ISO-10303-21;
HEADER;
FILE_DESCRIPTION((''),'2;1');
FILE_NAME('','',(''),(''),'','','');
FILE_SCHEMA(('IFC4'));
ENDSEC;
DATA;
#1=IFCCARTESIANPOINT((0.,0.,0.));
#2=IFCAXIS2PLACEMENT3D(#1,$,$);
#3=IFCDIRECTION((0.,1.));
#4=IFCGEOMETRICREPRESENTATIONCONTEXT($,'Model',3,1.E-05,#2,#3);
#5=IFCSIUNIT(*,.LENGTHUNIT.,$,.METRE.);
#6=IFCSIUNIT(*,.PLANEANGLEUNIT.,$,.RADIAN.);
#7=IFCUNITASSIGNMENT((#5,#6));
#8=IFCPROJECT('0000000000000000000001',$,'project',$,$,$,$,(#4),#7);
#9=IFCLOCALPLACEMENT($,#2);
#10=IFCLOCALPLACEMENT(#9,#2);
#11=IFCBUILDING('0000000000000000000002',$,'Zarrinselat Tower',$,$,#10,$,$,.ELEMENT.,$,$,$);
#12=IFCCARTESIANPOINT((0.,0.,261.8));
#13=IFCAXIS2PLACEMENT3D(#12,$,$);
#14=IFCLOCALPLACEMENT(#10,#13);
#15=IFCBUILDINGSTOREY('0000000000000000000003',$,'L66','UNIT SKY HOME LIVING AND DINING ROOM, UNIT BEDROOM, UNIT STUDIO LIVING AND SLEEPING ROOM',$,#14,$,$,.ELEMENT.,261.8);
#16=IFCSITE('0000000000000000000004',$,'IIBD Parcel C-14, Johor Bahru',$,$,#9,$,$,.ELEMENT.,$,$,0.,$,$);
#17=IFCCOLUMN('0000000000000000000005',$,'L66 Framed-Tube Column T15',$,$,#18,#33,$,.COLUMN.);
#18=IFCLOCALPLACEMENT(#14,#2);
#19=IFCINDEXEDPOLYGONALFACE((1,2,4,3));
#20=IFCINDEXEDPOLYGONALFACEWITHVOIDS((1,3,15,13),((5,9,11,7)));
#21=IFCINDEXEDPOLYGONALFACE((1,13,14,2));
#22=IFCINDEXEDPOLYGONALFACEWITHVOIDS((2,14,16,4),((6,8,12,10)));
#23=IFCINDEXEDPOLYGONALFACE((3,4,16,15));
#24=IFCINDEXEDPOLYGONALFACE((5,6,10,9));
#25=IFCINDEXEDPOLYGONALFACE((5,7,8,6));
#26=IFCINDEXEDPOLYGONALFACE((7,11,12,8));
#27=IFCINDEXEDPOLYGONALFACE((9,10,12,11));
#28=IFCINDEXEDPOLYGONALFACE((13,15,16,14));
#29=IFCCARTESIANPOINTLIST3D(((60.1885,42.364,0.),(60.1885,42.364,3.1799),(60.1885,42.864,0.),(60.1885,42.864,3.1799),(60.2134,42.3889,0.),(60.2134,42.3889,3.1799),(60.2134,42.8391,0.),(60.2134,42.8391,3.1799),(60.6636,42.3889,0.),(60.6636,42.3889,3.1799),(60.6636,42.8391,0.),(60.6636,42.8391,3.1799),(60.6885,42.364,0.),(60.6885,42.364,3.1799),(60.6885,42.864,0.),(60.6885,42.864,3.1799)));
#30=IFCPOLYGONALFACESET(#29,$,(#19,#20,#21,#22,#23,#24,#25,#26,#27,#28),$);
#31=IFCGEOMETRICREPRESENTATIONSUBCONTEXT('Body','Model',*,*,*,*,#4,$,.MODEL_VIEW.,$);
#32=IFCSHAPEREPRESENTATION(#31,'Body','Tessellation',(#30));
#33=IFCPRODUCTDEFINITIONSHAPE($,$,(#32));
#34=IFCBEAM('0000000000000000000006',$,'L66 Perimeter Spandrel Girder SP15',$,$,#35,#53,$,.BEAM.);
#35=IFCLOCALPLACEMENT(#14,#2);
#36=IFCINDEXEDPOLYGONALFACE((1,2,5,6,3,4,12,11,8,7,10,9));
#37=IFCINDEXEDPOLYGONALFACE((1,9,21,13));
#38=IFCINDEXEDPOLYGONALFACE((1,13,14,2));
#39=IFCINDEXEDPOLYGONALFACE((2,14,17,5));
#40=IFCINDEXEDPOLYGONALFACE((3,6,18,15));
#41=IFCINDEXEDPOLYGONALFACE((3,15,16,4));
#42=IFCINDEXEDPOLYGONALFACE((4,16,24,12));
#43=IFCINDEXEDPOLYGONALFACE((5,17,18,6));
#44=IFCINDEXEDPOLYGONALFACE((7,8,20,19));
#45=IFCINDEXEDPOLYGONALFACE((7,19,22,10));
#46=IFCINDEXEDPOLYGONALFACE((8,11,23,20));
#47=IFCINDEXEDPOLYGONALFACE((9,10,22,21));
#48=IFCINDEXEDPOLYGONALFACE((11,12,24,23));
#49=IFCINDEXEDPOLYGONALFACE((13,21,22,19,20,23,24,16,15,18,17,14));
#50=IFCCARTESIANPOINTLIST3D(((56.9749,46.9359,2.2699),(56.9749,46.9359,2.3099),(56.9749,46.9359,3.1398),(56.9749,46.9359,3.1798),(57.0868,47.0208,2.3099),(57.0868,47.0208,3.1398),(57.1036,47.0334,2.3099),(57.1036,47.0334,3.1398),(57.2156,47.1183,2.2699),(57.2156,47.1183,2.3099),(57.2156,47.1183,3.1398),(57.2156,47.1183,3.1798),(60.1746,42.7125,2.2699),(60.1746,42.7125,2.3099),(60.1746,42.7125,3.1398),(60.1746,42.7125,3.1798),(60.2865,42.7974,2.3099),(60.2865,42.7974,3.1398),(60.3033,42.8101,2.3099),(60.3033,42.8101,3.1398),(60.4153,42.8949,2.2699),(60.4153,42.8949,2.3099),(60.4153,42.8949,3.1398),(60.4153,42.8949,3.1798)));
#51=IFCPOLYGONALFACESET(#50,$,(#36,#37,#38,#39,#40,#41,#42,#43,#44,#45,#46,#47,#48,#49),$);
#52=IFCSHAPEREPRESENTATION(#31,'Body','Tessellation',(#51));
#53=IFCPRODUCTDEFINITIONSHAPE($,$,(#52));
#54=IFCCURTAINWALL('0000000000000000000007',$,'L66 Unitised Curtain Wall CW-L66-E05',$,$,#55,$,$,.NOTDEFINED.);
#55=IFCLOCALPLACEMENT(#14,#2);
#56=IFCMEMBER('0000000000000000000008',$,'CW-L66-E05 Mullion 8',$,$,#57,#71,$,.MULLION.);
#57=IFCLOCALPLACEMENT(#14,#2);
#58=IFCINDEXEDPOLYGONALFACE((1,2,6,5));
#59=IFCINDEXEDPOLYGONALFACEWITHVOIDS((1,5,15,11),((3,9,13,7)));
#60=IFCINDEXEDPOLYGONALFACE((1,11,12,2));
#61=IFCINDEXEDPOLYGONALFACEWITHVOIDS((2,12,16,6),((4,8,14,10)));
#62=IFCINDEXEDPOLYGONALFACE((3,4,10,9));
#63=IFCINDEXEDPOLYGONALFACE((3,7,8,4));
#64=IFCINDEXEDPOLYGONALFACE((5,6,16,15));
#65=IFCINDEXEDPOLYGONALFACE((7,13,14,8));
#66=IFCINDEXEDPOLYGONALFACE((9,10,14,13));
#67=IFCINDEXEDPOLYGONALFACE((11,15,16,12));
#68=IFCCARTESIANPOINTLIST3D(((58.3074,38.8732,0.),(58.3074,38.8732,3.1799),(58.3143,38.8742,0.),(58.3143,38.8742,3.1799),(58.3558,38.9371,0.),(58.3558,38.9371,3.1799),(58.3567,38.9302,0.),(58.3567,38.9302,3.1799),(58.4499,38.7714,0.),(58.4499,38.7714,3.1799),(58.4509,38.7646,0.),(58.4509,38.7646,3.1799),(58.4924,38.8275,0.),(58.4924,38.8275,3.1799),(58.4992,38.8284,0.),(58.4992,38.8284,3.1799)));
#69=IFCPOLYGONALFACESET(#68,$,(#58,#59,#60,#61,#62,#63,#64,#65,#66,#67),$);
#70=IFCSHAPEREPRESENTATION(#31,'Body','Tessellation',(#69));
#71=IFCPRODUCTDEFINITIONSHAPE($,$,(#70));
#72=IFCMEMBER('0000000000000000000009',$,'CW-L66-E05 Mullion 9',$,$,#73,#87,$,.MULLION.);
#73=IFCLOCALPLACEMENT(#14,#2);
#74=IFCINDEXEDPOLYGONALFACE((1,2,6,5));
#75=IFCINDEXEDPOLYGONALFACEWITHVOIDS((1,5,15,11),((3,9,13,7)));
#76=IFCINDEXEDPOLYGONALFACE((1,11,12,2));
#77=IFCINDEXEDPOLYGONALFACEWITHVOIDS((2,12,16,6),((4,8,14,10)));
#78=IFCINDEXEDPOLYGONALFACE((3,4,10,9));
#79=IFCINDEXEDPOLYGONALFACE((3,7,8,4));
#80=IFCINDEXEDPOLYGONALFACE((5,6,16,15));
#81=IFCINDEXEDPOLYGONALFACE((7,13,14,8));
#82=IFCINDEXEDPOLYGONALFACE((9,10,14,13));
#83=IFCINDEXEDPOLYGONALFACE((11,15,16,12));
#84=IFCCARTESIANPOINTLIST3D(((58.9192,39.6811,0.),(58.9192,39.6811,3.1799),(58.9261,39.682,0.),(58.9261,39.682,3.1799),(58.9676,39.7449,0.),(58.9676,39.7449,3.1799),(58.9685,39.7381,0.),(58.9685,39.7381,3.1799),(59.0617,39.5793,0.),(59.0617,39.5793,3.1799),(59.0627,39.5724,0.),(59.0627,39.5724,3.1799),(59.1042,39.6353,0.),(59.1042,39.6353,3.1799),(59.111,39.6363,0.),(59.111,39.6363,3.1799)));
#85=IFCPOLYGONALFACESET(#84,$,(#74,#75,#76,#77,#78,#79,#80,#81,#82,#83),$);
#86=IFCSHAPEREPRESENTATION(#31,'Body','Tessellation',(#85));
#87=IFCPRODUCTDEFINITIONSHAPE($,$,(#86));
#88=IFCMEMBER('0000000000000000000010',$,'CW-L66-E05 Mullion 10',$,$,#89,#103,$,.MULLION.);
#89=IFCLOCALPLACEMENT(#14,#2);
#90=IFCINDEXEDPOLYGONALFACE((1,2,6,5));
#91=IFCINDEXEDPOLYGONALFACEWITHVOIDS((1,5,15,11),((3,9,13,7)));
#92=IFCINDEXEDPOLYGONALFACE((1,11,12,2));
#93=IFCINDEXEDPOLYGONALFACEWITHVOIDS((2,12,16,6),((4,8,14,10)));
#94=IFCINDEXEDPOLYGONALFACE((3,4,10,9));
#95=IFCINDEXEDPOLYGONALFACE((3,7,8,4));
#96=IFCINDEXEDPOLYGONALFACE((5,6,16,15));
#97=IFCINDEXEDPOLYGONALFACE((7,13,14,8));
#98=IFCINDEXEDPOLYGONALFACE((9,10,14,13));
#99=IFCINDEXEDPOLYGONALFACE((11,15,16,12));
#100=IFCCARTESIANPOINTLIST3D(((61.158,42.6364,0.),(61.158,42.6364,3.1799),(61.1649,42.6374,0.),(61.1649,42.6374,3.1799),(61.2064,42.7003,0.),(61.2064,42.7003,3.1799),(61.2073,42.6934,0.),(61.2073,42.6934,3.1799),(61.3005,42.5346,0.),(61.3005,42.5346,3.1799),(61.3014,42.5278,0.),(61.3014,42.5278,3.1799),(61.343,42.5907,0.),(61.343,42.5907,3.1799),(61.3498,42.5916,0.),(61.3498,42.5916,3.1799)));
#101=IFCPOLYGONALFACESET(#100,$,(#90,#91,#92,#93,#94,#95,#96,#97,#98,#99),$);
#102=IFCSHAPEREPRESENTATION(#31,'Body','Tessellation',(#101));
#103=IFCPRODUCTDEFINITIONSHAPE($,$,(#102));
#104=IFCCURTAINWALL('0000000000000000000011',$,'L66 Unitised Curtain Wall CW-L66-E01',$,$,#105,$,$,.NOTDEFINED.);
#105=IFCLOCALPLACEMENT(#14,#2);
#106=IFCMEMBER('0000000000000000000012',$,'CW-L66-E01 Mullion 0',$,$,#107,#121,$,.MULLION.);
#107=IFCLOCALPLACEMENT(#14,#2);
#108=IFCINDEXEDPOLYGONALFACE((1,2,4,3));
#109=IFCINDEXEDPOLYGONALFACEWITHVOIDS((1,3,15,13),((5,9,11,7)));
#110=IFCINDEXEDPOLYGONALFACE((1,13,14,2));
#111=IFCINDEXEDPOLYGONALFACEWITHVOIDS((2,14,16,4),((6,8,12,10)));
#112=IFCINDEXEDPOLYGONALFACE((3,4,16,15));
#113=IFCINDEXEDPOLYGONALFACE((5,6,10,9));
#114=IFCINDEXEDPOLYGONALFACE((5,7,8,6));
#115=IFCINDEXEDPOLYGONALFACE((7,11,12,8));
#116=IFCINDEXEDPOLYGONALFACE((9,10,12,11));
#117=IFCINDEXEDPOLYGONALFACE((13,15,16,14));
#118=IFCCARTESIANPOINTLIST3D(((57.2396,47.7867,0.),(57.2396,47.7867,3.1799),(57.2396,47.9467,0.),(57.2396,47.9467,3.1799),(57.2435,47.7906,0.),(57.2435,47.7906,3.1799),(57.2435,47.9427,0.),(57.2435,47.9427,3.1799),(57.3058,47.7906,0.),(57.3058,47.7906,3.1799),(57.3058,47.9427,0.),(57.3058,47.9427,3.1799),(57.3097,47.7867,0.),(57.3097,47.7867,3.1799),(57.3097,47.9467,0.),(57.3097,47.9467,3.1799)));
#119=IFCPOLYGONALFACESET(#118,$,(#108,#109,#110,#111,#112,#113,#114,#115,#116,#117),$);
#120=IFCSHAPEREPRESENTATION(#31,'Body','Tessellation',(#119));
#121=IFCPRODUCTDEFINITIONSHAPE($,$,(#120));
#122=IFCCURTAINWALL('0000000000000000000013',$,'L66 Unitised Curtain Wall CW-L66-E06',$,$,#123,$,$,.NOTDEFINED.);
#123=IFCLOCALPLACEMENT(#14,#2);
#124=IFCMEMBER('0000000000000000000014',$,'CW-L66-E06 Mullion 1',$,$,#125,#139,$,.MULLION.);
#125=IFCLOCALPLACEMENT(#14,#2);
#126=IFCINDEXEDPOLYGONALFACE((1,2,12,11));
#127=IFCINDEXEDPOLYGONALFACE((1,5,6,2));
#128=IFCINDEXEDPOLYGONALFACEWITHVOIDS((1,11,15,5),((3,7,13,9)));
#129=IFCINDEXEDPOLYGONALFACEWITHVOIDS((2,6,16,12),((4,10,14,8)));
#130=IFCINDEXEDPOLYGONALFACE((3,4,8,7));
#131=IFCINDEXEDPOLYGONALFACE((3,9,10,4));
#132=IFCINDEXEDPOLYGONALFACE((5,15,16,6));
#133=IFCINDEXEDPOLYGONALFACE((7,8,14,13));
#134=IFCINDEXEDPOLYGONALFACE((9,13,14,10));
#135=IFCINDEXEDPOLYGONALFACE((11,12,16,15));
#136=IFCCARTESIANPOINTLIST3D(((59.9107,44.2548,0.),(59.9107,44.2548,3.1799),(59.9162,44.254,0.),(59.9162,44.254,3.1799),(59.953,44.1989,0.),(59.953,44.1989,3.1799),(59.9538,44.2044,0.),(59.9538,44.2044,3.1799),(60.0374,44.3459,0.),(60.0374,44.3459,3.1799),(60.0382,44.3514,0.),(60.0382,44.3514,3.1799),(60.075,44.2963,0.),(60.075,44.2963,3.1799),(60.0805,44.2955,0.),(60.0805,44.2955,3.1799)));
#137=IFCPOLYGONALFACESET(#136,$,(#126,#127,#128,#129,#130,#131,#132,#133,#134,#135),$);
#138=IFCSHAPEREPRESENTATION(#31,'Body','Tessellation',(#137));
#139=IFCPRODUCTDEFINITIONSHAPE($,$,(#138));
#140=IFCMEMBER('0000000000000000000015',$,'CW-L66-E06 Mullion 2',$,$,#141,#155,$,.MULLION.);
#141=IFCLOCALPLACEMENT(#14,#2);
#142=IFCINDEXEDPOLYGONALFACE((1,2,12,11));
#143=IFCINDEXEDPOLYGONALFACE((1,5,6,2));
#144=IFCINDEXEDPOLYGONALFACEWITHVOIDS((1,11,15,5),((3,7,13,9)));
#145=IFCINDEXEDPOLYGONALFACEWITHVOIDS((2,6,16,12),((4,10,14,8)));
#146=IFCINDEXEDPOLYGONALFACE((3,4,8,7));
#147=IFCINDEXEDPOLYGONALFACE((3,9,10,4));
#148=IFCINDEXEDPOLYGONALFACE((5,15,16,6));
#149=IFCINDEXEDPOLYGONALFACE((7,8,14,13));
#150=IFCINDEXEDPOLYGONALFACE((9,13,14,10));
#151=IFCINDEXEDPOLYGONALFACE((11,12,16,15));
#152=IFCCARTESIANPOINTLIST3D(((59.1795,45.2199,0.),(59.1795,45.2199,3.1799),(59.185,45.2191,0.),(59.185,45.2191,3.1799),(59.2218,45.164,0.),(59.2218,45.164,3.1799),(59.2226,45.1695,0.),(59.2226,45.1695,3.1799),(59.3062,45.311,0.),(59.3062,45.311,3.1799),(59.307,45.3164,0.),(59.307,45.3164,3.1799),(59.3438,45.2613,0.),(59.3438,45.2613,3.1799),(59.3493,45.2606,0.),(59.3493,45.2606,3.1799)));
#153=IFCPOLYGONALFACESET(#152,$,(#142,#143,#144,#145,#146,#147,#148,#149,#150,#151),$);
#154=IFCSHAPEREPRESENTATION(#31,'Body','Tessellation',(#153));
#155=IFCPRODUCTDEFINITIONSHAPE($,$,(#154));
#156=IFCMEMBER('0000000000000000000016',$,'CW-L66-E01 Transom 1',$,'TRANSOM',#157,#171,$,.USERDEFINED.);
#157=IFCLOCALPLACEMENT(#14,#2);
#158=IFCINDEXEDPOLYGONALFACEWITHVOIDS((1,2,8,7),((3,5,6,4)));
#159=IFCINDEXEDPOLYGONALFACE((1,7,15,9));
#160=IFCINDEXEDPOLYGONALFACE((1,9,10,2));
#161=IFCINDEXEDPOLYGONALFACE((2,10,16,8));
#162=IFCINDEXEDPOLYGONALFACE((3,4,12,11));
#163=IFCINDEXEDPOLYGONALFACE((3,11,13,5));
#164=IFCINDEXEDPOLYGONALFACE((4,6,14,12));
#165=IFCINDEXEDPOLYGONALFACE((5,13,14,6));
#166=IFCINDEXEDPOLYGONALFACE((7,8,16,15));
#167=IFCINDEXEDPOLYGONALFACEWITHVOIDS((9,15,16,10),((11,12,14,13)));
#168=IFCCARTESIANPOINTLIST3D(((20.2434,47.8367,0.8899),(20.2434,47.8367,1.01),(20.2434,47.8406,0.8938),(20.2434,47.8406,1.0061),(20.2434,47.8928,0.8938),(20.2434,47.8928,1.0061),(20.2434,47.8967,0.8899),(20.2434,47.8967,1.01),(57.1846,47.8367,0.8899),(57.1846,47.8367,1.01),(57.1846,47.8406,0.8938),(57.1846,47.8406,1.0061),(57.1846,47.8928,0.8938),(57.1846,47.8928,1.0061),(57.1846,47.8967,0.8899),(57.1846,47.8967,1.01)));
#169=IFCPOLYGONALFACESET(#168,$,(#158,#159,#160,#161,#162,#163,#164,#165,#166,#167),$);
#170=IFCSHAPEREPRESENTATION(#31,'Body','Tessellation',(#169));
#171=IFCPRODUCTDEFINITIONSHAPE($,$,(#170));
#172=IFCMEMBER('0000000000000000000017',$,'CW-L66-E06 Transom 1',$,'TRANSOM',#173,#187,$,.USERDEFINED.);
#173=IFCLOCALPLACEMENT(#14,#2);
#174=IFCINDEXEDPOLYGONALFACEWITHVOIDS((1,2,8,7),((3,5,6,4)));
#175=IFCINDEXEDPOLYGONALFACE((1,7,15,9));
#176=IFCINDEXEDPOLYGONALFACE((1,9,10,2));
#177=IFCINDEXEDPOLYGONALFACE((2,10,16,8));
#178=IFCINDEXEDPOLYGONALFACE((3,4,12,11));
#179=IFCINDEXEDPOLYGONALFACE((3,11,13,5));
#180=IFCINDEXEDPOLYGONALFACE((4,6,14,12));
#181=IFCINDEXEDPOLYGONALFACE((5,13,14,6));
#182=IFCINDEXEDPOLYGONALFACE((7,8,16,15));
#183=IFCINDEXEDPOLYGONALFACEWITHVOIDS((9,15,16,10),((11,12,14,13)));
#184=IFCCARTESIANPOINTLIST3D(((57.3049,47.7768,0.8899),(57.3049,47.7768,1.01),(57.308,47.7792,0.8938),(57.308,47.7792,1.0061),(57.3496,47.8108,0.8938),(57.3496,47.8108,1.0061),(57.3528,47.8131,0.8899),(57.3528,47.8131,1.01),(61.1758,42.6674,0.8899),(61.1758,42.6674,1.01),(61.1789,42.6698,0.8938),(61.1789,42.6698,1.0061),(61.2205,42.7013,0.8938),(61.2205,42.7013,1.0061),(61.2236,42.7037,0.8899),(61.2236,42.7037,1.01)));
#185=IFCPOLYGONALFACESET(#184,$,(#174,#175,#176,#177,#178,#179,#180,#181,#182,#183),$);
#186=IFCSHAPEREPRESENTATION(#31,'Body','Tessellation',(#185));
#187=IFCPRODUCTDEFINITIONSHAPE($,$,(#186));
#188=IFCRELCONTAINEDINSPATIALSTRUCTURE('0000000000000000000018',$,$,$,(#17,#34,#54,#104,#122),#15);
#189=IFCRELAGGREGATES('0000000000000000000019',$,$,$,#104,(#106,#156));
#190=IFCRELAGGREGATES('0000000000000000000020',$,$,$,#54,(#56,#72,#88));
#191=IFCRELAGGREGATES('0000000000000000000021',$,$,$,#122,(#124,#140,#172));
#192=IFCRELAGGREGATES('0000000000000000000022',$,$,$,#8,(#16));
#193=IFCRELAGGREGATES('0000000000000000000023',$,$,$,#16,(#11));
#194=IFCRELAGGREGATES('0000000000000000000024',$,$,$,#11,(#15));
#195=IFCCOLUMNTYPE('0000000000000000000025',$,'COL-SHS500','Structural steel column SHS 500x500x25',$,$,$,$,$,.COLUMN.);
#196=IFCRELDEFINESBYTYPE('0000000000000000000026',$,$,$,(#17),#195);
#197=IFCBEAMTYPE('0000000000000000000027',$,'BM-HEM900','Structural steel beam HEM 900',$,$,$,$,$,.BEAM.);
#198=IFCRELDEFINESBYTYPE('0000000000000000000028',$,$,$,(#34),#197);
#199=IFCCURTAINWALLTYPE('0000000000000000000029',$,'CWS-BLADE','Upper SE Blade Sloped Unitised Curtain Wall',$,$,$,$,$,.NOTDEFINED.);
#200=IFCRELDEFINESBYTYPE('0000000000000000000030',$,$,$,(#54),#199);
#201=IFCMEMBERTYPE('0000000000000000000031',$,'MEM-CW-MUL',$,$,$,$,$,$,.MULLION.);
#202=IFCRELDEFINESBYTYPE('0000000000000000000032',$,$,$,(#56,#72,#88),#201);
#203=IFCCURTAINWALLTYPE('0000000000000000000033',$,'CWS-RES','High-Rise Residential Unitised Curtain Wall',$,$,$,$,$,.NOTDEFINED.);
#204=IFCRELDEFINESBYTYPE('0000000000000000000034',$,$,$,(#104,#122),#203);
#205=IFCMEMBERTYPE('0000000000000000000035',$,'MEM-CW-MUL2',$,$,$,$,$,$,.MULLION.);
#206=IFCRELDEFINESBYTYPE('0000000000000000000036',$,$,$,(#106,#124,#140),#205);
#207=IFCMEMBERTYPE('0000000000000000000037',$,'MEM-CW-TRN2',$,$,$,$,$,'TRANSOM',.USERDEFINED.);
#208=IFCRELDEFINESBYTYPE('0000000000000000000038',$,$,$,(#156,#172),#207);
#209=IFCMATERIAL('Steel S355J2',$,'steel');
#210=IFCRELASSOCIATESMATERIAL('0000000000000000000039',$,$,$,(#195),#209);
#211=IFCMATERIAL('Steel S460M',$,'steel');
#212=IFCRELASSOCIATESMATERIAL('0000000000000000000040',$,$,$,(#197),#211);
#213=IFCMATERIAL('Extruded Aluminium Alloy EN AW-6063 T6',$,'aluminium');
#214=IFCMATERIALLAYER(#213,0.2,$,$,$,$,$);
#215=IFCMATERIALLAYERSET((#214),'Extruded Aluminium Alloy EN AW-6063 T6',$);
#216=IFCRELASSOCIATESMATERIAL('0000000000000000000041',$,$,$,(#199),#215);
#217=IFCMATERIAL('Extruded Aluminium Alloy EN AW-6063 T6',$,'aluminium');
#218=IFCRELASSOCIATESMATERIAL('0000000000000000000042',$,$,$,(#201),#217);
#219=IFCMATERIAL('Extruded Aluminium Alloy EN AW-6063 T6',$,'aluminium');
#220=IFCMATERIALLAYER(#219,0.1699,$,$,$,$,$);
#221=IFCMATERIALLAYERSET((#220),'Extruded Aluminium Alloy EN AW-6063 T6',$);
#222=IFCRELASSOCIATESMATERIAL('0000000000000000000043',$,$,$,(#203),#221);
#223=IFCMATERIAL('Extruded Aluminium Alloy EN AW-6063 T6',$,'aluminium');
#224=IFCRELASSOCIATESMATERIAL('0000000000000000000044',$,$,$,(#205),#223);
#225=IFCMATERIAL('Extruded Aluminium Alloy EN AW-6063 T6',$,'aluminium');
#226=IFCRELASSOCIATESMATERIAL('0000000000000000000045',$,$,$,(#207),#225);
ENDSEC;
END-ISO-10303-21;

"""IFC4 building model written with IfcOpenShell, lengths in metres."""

from ifc_helpers import new_model, si_unit, direction, frame, origin, origin_2d, place, context, subcontext, project, spatial, hollow_rectangle, i_section, extrude, material, layer, layer_set, material_profile, profile_set, type_object, element, aggregate, save


model = new_model("IFC4")

# Units and contexts
model_context = context("Model", 3, precision=1e-05, world=origin(), true_north=direction((0.0, 1.0)))
body_context = subcontext(model_context, "Body", "Model", "MODEL_VIEW")
ifc_project = project(units=[si_unit("LENGTHUNIT", "METRE"), si_unit("PLANEANGLEUNIT", "RADIAN")], contexts=[model_context])

# Site, building, storey
site_placement = place(None, origin())
site = spatial("IfcSite", under=ifc_project, at=site_placement, Name="IIBD Parcel C-14, Johor Bahru", CompositionType="ELEMENT", RefElevation=0.0)
building_placement = place(site_placement, origin())
building = spatial("IfcBuilding", under=site, at=building_placement, Name="Zarrinselat Tower", CompositionType="ELEMENT")
storey_placement = place(building_placement, frame((0.0, 0.0, 261.8)))
storey = spatial("IfcBuildingStorey", under=building, at=storey_placement, Name="L66", Description="UNIT SKY HOME LIVING AND DINING ROOM, UNIT BEDROOM, UNIT STUDIO LIVING AND SLEEPING ROOM", CompositionType="ELEMENT", Elevation=261.8)

# Column
ifc_material_1 = material(Name="Steel S355J2", Category="steel")
ifc_material_profile_1 = material_profile(ifc_material_1, hollow_rectangle(XDim=0.5, YDim=0.5, WallThickness=0.0249, at=origin_2d()), Name="SHS 500x500x25")
ifc_profile_set_1 = profile_set([ifc_material_profile_1], Name="Steel S355J2")
column_type = type_object("IfcColumnType", Name="COL-SHS500", Description="Structural steel column SHS 500x500x25", PredefinedType="COLUMN", material=ifc_profile_set_1)
column_placement = place(storey_placement, frame((60.4385, 42.614, 0.0), z_axis=(0.0, 0.0, 1.0), x_axis=(1.0, 0.0, 0.0)))
element("IfcColumn", 1, at=column_placement, inside=storey, type_object=column_type, Name="L66 Framed-Tube Column T15", PredefinedType="COLUMN", context=body_context, shape_type="SweptSolid", body=[
    extrude(hollow_rectangle(XDim=0.5, YDim=0.5, WallThickness=0.0249, at=origin_2d()), origin(), (0.0, 0.0, 1.0), 3.1799),
])

# Beam
ifc_material_2 = material(Name="Steel S460M", Category="steel")
ifc_material_profile_2 = material_profile(ifc_material_2, i_section(OverallWidth=0.302, OverallDepth=0.9099, WebThickness=0.021, FlangeThickness=0.04, at=origin_2d()), Name="HEM 900")
ifc_profile_set_2 = profile_set([ifc_material_profile_2], Name="Steel S460M")
beam_type = type_object("IfcBeamType", Name="BM-HEM900", Description="Structural steel beam HEM 900", PredefinedType="BEAM", material=ifc_profile_set_2)
beam_placement = place(storey_placement, frame((57.0952, 47.0271, 2.7249), z_axis=(0.603878, -0.797077, 0.0), x_axis=(0.797077, 0.603878, 0.0)))
element("IfcBeam", 2, at=beam_placement, inside=storey, type_object=beam_type, Name="L66 Perimeter Spandrel Girder SP15", PredefinedType="BEAM", context=body_context, shape_type="SweptSolid", body=[
    extrude(i_section(OverallWidth=0.302, OverallDepth=0.9099, WebThickness=0.021, FlangeThickness=0.04, at=origin_2d()), origin(), (0.0, 0.0, 1.0), 5.2986),
])

# Curtain wall, members
ifc_material_3 = material(Name="Extruded Aluminium Alloy EN AW-6063 T6", Category="aluminium")
ifc_layer_1 = layer(ifc_material_3, 0.2)
ifc_layer_set_1 = layer_set([ifc_layer_1], Name="Extruded Aluminium Alloy EN AW-6063 T6")
curtain_wall_type_1 = type_object("IfcCurtainWallType", Name="CWS-BLADE", Description="Upper SE Blade Sloped Unitised Curtain Wall", PredefinedType="NOTDEFINED", material=ifc_layer_set_1)
curtain_wall_1_placement = place(storey_placement, origin())
curtain_wall_1 = element("IfcCurtainWall", 3, at=curtain_wall_1_placement, inside=storey, type_object=curtain_wall_type_1, Name="L66 Unitised Curtain Wall CW-L66-E05", PredefinedType="NOTDEFINED")
ifc_material_4 = material(Name="Extruded Aluminium Alloy EN AW-6063 T6", Category="aluminium")
ifc_material_profile_3 = material_profile(ifc_material_4, hollow_rectangle(XDim=0.0801, YDim=0.1799, WallThickness=0.0049, at=origin_2d()), Name="RHS 180x80x5")
ifc_profile_set_3 = profile_set([ifc_material_profile_3], Name="Extruded Aluminium Alloy EN AW-6063 T6")
member_type_1 = type_object("IfcMemberType", Name="MEM-CW-MUL", PredefinedType="MULLION", material=ifc_profile_set_3)
member_1_placement = place(storey_placement, frame((58.4033, 38.8508, 0.0), z_axis=(0.0, 0.0, 1.0), x_axis=(0.60386, 0.797091, 0.0)))
member_1 = element("IfcMember", 4, at=member_1_placement, type_object=member_type_1, Name="CW-L66-E05 Mullion 8", PredefinedType="MULLION", context=body_context, shape_type="SweptSolid", body=[
    extrude(hollow_rectangle(XDim=0.0801, YDim=0.1799, WallThickness=0.0049, at=origin_2d()), origin(), (0.0, 0.0, 1.0), 3.1799),
])
member_2_placement = place(storey_placement, frame((59.0151, 39.6587, 0.0), z_axis=(0.0, 0.0, 1.0), x_axis=(0.60386, 0.797091, 0.0)))
member_2 = element("IfcMember", 5, at=member_2_placement, type_object=member_type_1, Name="CW-L66-E05 Mullion 9", PredefinedType="MULLION", context=body_context, shape_type="SweptSolid", body=[
    extrude(hollow_rectangle(XDim=0.0801, YDim=0.1799, WallThickness=0.0049, at=origin_2d()), origin(), (0.0, 0.0, 1.0), 3.1799),
])
member_3_placement = place(storey_placement, frame((61.2539, 42.614, 0.0), z_axis=(0.0, 0.0, 1.0), x_axis=(0.60386, 0.797091, 0.0)))
member_3 = element("IfcMember", 6, at=member_3_placement, type_object=member_type_1, Name="CW-L66-E05 Mullion 10", PredefinedType="MULLION", context=body_context, shape_type="SweptSolid", body=[
    extrude(hollow_rectangle(XDim=0.0801, YDim=0.1799, WallThickness=0.0049, at=origin_2d()), origin(), (0.0, 0.0, 1.0), 3.1799),
])

# Curtain wall, member
ifc_material_5 = material(Name="Extruded Aluminium Alloy EN AW-6063 T6", Category="aluminium")
ifc_layer_2 = layer(ifc_material_5, 0.1699)
ifc_layer_set_2 = layer_set([ifc_layer_2], Name="Extruded Aluminium Alloy EN AW-6063 T6")
curtain_wall_type_2 = type_object("IfcCurtainWallType", Name="CWS-RES", Description="High-Rise Residential Unitised Curtain Wall", PredefinedType="NOTDEFINED", material=ifc_layer_set_2)
curtain_wall_2_placement = place(storey_placement, origin())
curtain_wall_2 = element("IfcCurtainWall", 7, at=curtain_wall_2_placement, inside=storey, type_object=curtain_wall_type_2, Name="L66 Unitised Curtain Wall CW-L66-E01", PredefinedType="NOTDEFINED")
ifc_material_6 = material(Name="Extruded Aluminium Alloy EN AW-6063 T6", Category="aluminium")
ifc_material_profile_4 = material_profile(ifc_material_6, hollow_rectangle(XDim=0.0701, YDim=0.1599, WallThickness=0.0039, at=origin_2d()), Name="RHS 160x70x4")
ifc_profile_set_4 = profile_set([ifc_material_profile_4], Name="Extruded Aluminium Alloy EN AW-6063 T6")
member_type_2 = type_object("IfcMemberType", Name="MEM-CW-MUL2", PredefinedType="MULLION", material=ifc_profile_set_4)
member_4_placement = place(storey_placement, frame((57.2747, 47.8667, 0.0), z_axis=(0.0, 0.0, 1.0), x_axis=(-1.0, 0.0, 0.0)))
member_4 = element("IfcMember", 8, at=member_4_placement, type_object=member_type_2, Name="CW-L66-E01 Mullion 0", PredefinedType="MULLION", context=body_context, shape_type="SweptSolid", body=[
    extrude(hollow_rectangle(XDim=0.0701, YDim=0.1599, WallThickness=0.0039, at=origin_2d()), origin(), (0.0, 0.0, 1.0), 3.1799),
])

# Curtain wall, members
curtain_wall_3_placement = place(storey_placement, origin())
curtain_wall_3 = element("IfcCurtainWall", 9, at=curtain_wall_3_placement, inside=storey, type_object=curtain_wall_type_2, Name="L66 Unitised Curtain Wall CW-L66-E06", PredefinedType="NOTDEFINED")
member_5_placement = place(storey_placement, frame((59.9956, 44.2751, 0.0), z_axis=(0.0, 0.0, 1.0), x_axis=(-0.603858, 0.797092, 0.0)))
member_5 = element("IfcMember", 10, at=member_5_placement, type_object=member_type_2, Name="CW-L66-E06 Mullion 1", PredefinedType="MULLION", context=body_context, shape_type="SweptSolid", body=[
    extrude(hollow_rectangle(XDim=0.0701, YDim=0.1599, WallThickness=0.0039, at=origin_2d()), origin(), (0.0, 0.0, 1.0), 3.1799),
])
member_6_placement = place(storey_placement, frame((59.2644, 45.2402, 0.0), z_axis=(0.0, 0.0, 1.0), x_axis=(-0.603858, 0.797092, 0.0)))
member_6 = element("IfcMember", 11, at=member_6_placement, type_object=member_type_2, Name="CW-L66-E06 Mullion 2", PredefinedType="MULLION", context=body_context, shape_type="SweptSolid", body=[
    extrude(hollow_rectangle(XDim=0.0701, YDim=0.1599, WallThickness=0.0039, at=origin_2d()), origin(), (0.0, 0.0, 1.0), 3.1799),
])

# Members
ifc_material_7 = material(Name="Extruded Aluminium Alloy EN AW-6063 T6", Category="aluminium")
ifc_material_profile_5 = material_profile(ifc_material_7, hollow_rectangle(XDim=0.0601, YDim=0.1201, WallThickness=0.0039, at=origin_2d()), Name="RHS 120x60x4")
ifc_profile_set_5 = profile_set([ifc_material_profile_5], Name="Extruded Aluminium Alloy EN AW-6063 T6")
member_type_3 = type_object("IfcMemberType", Name="MEM-CW-TRN2", ElementType="TRANSOM", PredefinedType="USERDEFINED", material=ifc_profile_set_5)
member_7_placement = place(storey_placement, frame((57.1846, 47.8667, 0.95), z_axis=(-1.0, 0.0, 0.0), x_axis=(0.0, -1.0, 0.0)))
member_7 = element("IfcMember", 12, at=member_7_placement, type_object=member_type_3, Name="CW-L66-E01 Transom 1", ObjectType="TRANSOM", PredefinedType="USERDEFINED", context=body_context, shape_type="SweptSolid", body=[
    extrude(hollow_rectangle(XDim=0.0601, YDim=0.1201, WallThickness=0.0039, at=origin_2d()), origin(), (0.0, 0.0, 1.0), 36.9412),
])
aggregate(curtain_wall_2, [member_4, member_7])
member_8_placement = place(storey_placement, frame((61.1997, 42.6855, 0.95), z_axis=(-0.603869, 0.797084, 0.0), x_axis=(-0.797084, -0.603869, 0.0)))
member_8 = element("IfcMember", 13, at=member_8_placement, type_object=member_type_3, Name="CW-L66-E06 Transom 1", ObjectType="TRANSOM", PredefinedType="USERDEFINED", context=body_context, shape_type="SweptSolid", body=[
    extrude(hollow_rectangle(XDim=0.0601, YDim=0.1201, WallThickness=0.0039, at=origin_2d()), origin(), (0.0, 0.0, 1.0), 6.4102),
])

aggregate(curtain_wall_1, [member_1, member_2, member_3])
aggregate(curtain_wall_3, [member_5, member_6, member_8])

save(model, "model.ifc")
